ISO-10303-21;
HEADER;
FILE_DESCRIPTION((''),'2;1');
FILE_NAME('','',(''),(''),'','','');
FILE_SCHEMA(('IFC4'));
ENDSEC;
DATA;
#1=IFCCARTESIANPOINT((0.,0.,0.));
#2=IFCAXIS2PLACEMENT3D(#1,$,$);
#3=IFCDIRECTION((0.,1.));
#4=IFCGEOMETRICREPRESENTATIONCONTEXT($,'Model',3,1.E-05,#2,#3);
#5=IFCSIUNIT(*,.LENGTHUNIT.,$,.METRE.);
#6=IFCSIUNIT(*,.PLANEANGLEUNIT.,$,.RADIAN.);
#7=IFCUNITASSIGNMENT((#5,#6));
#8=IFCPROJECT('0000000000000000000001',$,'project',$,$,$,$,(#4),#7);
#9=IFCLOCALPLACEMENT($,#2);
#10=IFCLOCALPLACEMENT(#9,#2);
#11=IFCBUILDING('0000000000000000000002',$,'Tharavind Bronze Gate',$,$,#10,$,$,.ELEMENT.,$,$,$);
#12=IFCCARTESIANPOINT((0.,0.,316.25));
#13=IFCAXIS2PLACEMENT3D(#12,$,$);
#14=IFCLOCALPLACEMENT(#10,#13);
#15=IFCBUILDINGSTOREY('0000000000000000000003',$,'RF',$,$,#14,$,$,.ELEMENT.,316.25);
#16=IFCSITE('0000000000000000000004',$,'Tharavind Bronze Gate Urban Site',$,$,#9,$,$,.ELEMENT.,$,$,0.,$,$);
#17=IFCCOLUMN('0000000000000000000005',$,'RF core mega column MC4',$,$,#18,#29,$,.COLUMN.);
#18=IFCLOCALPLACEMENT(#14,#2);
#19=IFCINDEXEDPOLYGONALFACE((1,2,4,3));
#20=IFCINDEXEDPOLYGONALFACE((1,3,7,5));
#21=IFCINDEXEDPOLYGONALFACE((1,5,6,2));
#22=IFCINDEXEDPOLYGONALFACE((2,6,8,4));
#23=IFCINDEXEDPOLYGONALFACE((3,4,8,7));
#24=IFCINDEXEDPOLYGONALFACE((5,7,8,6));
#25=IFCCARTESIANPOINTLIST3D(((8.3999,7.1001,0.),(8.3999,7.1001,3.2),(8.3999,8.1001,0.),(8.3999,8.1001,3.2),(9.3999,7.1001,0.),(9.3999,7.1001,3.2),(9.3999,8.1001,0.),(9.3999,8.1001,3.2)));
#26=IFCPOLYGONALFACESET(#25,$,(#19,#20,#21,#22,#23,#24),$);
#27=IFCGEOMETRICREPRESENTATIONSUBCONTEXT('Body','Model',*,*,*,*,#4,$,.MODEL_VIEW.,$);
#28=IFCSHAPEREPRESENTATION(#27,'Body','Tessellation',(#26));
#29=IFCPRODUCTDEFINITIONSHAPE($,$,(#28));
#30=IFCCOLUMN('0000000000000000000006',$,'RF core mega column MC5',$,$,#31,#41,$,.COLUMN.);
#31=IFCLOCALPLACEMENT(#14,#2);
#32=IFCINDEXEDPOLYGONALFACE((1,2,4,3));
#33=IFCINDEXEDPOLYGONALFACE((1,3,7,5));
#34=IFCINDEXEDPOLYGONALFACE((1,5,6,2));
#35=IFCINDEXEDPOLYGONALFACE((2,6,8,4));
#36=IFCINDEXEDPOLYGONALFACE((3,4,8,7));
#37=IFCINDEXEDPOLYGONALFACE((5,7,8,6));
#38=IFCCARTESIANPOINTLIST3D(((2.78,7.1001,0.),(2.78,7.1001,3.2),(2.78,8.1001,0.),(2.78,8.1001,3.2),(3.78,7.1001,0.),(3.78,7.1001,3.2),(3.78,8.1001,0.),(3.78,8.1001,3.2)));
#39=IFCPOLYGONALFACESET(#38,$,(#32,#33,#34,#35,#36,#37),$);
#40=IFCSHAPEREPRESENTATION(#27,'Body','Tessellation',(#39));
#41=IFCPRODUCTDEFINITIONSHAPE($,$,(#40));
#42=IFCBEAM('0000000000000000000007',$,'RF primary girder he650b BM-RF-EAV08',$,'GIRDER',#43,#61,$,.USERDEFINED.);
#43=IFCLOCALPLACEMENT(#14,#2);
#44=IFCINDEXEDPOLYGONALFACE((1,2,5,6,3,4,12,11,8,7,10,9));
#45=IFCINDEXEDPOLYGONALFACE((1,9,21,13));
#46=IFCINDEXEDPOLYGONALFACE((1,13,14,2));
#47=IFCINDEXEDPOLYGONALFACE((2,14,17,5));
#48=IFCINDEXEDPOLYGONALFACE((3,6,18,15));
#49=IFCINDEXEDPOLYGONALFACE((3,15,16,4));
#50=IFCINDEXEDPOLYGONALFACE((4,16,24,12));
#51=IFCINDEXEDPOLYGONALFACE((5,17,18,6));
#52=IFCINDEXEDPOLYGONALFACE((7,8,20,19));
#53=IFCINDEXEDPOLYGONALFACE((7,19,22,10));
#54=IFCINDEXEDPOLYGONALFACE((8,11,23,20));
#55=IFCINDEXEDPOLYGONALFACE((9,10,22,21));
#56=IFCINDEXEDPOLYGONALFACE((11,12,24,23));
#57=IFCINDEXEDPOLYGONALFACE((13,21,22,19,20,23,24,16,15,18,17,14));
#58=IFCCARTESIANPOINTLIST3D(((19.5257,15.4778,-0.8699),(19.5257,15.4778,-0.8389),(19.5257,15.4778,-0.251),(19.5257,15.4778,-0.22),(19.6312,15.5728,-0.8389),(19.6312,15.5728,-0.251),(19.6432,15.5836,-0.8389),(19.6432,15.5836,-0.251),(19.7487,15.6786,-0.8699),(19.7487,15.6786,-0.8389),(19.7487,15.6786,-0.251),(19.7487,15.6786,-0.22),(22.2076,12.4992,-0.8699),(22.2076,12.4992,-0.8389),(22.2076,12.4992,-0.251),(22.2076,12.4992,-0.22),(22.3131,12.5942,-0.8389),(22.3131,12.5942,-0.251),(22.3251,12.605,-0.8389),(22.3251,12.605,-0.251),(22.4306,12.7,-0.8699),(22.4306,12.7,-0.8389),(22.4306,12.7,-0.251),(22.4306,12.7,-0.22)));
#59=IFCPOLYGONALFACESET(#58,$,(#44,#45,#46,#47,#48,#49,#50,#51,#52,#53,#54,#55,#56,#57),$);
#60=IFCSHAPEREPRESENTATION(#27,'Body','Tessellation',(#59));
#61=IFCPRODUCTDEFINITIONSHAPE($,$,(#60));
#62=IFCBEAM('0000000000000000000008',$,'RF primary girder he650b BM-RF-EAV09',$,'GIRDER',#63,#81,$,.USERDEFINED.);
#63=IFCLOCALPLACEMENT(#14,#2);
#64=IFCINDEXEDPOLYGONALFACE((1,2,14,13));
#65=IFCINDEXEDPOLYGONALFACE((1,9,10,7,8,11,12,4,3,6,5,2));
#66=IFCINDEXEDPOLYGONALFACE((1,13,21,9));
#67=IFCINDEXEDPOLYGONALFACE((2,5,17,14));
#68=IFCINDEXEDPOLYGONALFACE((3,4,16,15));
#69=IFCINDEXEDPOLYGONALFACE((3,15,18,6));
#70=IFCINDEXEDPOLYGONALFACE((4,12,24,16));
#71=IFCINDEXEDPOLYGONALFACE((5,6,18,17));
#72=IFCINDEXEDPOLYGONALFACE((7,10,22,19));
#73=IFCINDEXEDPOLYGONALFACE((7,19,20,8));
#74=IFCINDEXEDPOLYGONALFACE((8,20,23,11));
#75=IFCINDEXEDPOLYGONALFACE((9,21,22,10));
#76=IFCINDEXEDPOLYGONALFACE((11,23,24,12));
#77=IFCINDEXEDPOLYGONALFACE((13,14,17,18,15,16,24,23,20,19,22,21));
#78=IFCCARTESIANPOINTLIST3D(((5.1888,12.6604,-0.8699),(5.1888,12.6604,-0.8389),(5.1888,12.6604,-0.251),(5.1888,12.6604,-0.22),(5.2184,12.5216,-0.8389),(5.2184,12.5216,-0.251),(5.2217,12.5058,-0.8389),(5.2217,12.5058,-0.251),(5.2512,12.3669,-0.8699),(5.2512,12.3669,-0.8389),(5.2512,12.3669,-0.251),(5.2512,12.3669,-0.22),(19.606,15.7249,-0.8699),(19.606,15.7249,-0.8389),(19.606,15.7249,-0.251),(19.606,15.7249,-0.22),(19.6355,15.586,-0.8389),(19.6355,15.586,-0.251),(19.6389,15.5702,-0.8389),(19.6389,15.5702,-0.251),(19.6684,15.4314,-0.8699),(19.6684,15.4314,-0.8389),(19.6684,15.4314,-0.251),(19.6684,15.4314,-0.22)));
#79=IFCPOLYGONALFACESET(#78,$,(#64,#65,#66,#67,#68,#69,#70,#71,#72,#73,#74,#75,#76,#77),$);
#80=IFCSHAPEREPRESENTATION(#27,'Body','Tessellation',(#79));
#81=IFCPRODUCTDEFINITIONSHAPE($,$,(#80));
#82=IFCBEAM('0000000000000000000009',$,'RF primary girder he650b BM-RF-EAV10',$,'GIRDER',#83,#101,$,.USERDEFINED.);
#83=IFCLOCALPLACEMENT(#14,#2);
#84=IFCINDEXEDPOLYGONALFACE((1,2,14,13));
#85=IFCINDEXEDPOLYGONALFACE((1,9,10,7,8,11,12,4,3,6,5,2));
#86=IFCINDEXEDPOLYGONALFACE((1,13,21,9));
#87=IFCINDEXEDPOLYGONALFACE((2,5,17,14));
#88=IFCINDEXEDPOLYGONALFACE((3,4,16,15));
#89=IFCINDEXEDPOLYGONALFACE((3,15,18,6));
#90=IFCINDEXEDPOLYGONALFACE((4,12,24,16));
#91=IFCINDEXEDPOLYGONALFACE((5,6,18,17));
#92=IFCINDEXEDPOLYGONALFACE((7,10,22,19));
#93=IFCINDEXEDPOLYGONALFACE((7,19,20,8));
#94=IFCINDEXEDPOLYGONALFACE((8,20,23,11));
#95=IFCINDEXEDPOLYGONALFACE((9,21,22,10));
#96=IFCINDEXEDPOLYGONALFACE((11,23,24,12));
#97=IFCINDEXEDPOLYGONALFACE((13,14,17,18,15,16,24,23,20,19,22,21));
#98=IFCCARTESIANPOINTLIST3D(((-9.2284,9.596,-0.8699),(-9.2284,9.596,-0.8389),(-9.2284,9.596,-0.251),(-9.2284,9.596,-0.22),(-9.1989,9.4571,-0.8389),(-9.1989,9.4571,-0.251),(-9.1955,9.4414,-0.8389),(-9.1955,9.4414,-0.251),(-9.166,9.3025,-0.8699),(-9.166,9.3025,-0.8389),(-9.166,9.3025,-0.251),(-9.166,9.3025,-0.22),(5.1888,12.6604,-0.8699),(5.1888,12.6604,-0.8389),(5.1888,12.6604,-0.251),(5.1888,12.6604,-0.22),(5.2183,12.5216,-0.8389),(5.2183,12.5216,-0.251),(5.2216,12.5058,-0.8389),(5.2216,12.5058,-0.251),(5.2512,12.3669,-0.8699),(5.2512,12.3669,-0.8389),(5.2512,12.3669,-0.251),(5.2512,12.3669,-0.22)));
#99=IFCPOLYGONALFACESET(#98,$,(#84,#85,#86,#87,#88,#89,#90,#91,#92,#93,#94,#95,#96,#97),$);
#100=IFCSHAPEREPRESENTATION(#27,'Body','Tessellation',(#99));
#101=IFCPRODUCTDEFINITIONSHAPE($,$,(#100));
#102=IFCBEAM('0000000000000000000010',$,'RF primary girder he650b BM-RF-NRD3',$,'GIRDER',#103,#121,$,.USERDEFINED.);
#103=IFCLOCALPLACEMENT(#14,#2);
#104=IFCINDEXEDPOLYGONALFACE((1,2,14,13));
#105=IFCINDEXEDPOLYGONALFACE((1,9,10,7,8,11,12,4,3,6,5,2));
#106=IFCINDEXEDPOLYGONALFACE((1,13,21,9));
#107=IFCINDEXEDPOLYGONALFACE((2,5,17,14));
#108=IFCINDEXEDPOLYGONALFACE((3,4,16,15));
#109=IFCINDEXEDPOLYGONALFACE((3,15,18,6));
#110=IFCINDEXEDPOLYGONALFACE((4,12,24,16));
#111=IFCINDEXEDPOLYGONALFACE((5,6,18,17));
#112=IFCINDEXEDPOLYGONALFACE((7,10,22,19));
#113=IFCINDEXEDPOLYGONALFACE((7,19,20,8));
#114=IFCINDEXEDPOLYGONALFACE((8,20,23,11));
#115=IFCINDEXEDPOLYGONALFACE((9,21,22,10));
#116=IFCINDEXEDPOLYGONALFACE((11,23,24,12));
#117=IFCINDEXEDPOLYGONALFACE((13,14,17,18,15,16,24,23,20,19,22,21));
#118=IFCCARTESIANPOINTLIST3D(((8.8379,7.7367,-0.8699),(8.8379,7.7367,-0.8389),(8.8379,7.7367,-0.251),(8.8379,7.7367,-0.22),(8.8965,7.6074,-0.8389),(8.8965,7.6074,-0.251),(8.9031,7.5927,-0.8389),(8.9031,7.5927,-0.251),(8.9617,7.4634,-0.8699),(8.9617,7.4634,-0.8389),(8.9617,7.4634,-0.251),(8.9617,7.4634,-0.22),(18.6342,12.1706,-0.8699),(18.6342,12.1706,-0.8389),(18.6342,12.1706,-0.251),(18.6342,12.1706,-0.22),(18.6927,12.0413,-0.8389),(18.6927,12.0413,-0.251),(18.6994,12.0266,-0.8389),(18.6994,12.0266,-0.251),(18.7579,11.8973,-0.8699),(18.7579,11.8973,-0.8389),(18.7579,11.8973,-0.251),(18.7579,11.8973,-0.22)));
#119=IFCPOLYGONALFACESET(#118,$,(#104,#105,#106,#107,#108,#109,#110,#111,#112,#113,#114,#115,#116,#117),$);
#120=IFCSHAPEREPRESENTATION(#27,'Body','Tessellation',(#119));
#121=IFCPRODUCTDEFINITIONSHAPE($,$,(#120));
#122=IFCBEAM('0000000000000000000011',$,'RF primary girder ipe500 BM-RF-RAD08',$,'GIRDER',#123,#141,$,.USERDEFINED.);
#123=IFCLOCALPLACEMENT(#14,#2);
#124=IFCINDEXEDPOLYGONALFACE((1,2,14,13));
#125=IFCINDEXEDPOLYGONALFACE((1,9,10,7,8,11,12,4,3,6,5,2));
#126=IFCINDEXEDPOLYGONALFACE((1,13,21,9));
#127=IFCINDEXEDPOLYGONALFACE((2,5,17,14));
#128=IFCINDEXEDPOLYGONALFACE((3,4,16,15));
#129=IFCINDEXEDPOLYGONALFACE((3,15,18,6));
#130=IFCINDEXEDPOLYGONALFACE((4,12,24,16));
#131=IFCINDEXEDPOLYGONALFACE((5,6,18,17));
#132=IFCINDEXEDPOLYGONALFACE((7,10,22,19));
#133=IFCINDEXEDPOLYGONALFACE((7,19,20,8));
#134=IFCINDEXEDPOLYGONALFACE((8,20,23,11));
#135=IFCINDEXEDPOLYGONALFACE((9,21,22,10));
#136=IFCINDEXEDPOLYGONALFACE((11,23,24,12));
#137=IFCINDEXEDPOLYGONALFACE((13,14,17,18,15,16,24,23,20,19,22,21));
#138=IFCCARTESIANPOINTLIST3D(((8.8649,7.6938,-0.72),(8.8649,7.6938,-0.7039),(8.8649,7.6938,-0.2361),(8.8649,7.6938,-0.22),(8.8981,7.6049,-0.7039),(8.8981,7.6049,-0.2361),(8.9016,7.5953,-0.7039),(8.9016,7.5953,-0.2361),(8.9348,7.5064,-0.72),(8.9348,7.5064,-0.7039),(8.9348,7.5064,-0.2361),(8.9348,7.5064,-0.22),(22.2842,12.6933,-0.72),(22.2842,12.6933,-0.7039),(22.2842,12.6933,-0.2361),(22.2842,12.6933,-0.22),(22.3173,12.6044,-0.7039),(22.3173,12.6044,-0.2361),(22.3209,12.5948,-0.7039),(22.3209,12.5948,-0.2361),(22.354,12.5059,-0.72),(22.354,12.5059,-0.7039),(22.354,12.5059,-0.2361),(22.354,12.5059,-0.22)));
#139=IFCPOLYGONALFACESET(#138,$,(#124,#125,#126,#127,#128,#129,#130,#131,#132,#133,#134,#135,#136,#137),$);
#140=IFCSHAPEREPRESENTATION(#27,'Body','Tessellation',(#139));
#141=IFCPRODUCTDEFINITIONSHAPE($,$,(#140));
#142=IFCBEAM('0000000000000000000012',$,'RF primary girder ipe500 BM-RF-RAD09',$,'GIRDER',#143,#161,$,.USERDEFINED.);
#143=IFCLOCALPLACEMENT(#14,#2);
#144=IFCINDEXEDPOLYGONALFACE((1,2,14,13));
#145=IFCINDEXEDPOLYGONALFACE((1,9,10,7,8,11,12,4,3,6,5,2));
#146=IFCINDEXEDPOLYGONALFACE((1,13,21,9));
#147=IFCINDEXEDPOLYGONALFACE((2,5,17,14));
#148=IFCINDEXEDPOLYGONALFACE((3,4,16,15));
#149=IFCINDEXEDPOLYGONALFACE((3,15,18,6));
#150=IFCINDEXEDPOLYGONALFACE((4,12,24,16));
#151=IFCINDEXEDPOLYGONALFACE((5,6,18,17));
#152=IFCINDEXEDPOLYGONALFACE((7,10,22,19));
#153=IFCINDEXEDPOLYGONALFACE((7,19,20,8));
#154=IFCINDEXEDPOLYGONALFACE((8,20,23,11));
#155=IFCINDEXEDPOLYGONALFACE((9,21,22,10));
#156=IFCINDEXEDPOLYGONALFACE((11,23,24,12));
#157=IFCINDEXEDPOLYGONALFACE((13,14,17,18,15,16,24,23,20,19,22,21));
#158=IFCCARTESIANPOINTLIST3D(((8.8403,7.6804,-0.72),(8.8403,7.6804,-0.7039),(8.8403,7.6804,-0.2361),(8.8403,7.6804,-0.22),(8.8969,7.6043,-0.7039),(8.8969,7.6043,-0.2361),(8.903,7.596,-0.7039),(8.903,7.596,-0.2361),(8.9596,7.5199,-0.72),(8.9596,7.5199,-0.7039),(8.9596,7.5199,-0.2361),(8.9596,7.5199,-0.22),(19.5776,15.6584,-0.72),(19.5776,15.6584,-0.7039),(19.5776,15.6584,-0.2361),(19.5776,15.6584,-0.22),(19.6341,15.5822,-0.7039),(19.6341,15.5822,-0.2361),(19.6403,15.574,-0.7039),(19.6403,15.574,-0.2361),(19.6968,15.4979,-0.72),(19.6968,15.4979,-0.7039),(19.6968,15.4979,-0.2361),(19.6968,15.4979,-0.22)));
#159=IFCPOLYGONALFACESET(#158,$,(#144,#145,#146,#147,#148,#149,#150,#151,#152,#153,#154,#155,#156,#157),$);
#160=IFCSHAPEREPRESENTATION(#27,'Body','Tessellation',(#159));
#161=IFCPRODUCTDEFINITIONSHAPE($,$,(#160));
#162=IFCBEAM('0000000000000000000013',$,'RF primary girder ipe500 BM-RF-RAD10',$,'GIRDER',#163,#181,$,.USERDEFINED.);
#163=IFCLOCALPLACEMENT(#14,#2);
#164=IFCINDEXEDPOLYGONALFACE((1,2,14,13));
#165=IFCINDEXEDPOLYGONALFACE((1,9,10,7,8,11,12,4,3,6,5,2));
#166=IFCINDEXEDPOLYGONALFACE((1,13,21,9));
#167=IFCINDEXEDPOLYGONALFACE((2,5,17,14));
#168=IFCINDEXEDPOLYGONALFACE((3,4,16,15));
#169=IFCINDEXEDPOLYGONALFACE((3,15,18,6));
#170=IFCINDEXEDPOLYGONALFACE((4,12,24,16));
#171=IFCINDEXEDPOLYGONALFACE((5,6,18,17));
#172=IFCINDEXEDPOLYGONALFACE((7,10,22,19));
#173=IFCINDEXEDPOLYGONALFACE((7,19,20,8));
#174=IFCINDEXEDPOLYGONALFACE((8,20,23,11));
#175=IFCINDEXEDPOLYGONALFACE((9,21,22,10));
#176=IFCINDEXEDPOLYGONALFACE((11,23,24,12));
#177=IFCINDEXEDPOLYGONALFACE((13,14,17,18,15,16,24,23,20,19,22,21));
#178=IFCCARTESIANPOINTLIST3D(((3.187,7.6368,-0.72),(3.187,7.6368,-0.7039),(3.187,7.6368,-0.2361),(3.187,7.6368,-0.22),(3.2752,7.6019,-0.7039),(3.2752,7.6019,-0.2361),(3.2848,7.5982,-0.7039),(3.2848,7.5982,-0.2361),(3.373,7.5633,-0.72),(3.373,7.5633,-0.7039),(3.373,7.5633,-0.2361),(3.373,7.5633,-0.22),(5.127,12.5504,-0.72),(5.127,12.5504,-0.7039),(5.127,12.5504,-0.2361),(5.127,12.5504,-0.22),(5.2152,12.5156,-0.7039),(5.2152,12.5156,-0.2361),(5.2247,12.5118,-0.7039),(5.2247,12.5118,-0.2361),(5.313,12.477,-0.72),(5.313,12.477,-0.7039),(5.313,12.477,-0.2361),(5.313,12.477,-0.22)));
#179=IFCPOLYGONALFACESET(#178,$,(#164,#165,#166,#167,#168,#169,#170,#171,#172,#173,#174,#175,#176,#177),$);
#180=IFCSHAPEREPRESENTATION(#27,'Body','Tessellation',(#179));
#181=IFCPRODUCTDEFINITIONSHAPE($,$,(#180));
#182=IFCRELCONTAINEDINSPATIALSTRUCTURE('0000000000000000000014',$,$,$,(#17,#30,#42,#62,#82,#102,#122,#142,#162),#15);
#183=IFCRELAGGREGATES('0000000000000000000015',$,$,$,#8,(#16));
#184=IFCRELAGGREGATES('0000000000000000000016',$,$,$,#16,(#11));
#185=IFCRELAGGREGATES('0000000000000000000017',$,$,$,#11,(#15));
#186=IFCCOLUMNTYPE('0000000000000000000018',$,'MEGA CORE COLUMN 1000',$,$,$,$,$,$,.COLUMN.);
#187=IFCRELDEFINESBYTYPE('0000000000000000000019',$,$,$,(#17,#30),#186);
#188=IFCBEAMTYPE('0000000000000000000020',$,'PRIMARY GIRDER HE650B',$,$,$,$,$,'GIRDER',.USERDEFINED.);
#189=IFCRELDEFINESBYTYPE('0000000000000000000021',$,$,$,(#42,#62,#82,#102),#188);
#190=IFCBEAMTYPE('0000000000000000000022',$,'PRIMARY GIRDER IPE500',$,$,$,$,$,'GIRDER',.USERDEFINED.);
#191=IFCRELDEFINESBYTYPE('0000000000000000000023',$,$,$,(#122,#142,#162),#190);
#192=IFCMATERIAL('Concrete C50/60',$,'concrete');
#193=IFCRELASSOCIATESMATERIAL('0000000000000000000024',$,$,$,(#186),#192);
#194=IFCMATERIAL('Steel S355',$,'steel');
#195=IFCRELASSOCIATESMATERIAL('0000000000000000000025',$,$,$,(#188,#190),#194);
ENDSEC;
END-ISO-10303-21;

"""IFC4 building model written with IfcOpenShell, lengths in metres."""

from ifc_helpers import new_model, si_unit, direction, frame, origin, origin_2d, place, context, subcontext, project, spatial, rectangle, i_section, extrude, material, material_profile, profile_set, type_object, element, save


model = new_model("IFC4")

# Units and contexts
model_context = context("Model", 3, precision=1e-05, world=origin(), true_north=direction((0.0, 1.0)))
body_context = subcontext(model_context, "Body", "Model", "MODEL_VIEW")
ifc_project = project(units=[si_unit("LENGTHUNIT", "METRE"), si_unit("PLANEANGLEUNIT", "RADIAN")], contexts=[model_context])

# Site, building, storey
site_placement = place(None, origin())
site = spatial("IfcSite", under=ifc_project, at=site_placement, Name="Tharavind Bronze Gate Urban Site", CompositionType="ELEMENT", RefElevation=0.0)
building_placement = place(site_placement, origin())
building = spatial("IfcBuilding", under=site, at=building_placement, Name="Tharavind Bronze Gate", CompositionType="ELEMENT")
storey_placement = place(building_placement, frame((0.0, 0.0, 316.25)))
storey = spatial("IfcBuildingStorey", under=building, at=storey_placement, Name="RF", CompositionType="ELEMENT", Elevation=316.25)

# Columns
ifc_material_1 = material(Name="Concrete C50/60", Category="concrete")
ifc_material_profile_1 = material_profile(ifc_material_1, rectangle(XDim=1.0, YDim=1.0, at=origin_2d()), Name="RCCOL1000")
ifc_profile_set_1 = profile_set([ifc_material_profile_1], Name="Concrete C50/60")
column_type = type_object("IfcColumnType", Name="MEGA CORE COLUMN 1000", PredefinedType="COLUMN", material=ifc_profile_set_1)
for number, where, z_axis, x_axis, name in (
    (1, (8.8999, 7.6001, 0.0), (0.0, 0.0, 1.0), (1.0, 0.0, 0.0), "RF core mega column MC4"),
    (2, (3.28, 7.6001, 0.0), (0.0, 0.0, 1.0), (1.0, 0.0, 0.0), "RF core mega column MC5"),
):
    element("IfcColumn", number, at=place(storey_placement, frame(where, z_axis=z_axis, x_axis=x_axis)), inside=storey, type_object=column_type, Name=name, PredefinedType="COLUMN", context=body_context, shape_type="SweptSolid", body=[
        extrude(rectangle(XDim=1.0, YDim=1.0, at=origin_2d()), origin(), (0.0, 0.0, 1.0), 3.2),
    ])

# Beams
ifc_material_2 = material(Name="Steel S355", Category="steel")
ifc_material_profile_2 = material_profile(ifc_material_2, i_section(OverallWidth=0.3, OverallDepth=0.6499, WebThickness=0.0161, FlangeThickness=0.031, at=origin_2d()), Name="HE650B")
ifc_profile_set_2 = profile_set([ifc_material_profile_2], Name="Steel S355")
beam_type_1 = type_object("IfcBeamType", Name="PRIMARY GIRDER HE650B", ElementType="GIRDER", PredefinedType="USERDEFINED", material=ifc_profile_set_2)
beam_1_placement = place(storey_placement, frame((22.3191, 12.5996, -0.5449), z_axis=(-0.669133, 0.743143, 0.0), x_axis=(-0.743143, -0.669133, 0.0)))
element("IfcBeam", 3, at=beam_1_placement, inside=storey, type_object=beam_type_1, Name="RF primary girder he650b BM-RF-EAV08", ObjectType="GIRDER", PredefinedType="USERDEFINED", context=body_context, shape_type="SweptSolid", body=[
    extrude(i_section(OverallWidth=0.3, OverallDepth=0.6499, WebThickness=0.0161, FlangeThickness=0.031, at=origin_2d()), origin(), (0.0, 0.0, 1.0), 4.0081),
])
for number, where, z_axis, x_axis, name in (
    (4, (19.6372, 15.5781, -0.5449), (-0.978148, -0.20791, 0.0), (0.20791, -0.978148, 0.0), "RF primary girder he650b BM-RF-EAV09"),
    (5, (5.22, 12.5137, -0.5449), (-0.978148, -0.20791, 0.0), (0.20791, -0.978148, 0.0), "RF primary girder he650b BM-RF-EAV10"),
):
    element("IfcBeam", number, at=place(storey_placement, frame(where, z_axis=z_axis, x_axis=x_axis)), inside=storey, type_object=beam_type_1, Name=name, ObjectType="GIRDER", PredefinedType="USERDEFINED", context=body_context, shape_type="SweptSolid", body=[
        extrude(i_section(OverallWidth=0.3, OverallDepth=0.6499, WebThickness=0.0161, FlangeThickness=0.031, at=origin_2d()), origin(), (0.0, 0.0, 1.0), 14.7393),
    ])
beam_2_placement = place(storey_placement, frame((18.696, 12.0339, -0.5449), z_axis=(-0.911029, -0.412342, 0.0), x_axis=(0.412342, -0.911029, 0.0)))
element("IfcBeam", 6, at=beam_2_placement, inside=storey, type_object=beam_type_1, Name="RF primary girder he650b BM-RF-NRD3", ObjectType="GIRDER", PredefinedType="USERDEFINED", context=body_context, shape_type="SweptSolid", body=[
    extrude(i_section(OverallWidth=0.3, OverallDepth=0.6499, WebThickness=0.0161, FlangeThickness=0.031, at=origin_2d()), origin(), (0.0, 0.0, 1.0), 10.7529),
])
ifc_material_profile_3 = material_profile(ifc_material_2, i_section(OverallWidth=0.2, OverallDepth=0.5, WebThickness=0.0103, FlangeThickness=0.0161, at=origin_2d()), Name="IPE500")
ifc_profile_set_3 = profile_set([ifc_material_profile_3], Name="Steel S355")
beam_type_2 = type_object("IfcBeamType", Name="PRIMARY GIRDER IPE500", ElementType="GIRDER", PredefinedType="USERDEFINED", material=ifc_profile_set_3)
beam_3_placement = place(storey_placement, frame((22.3191, 12.5996, -0.47), z_axis=(-0.937077, -0.349122, 0.0), x_axis=(0.349122, -0.937077, 0.0)))
element("IfcBeam", 7, at=beam_3_placement, inside=storey, type_object=beam_type_2, Name="RF primary girder ipe500 BM-RF-RAD08", ObjectType="GIRDER", PredefinedType="USERDEFINED", context=body_context, shape_type="SweptSolid", body=[
    extrude(i_section(OverallWidth=0.2, OverallDepth=0.5, WebThickness=0.0103, FlangeThickness=0.0161, at=origin_2d()), origin(), (0.0, 0.0, 1.0), 14.3203),
])
beam_4_placement = place(storey_placement, frame((19.6372, 15.5781, -0.47), z_axis=(-0.802681, -0.596408, 0.0), x_axis=(0.596408, -0.802681, 0.0)))
element("IfcBeam", 8, at=beam_4_placement, inside=storey, type_object=beam_type_2, Name="RF primary girder ipe500 BM-RF-RAD09", ObjectType="GIRDER", PredefinedType="USERDEFINED", context=body_context, shape_type="SweptSolid", body=[
    extrude(i_section(OverallWidth=0.2, OverallDepth=0.5, WebThickness=0.0103, FlangeThickness=0.0161, at=origin_2d()), origin(), (0.0, 0.0, 1.0), 13.3767),
])
beam_5_placement = place(storey_placement, frame((5.22, 12.5137, -0.47), z_axis=(-0.367228, -0.930131, 0.0), x_axis=(0.930131, -0.367228, 0.0)))
element("IfcBeam", 9, at=beam_5_placement, inside=storey, type_object=beam_type_2, Name="RF primary girder ipe500 BM-RF-RAD10", ObjectType="GIRDER", PredefinedType="USERDEFINED", context=body_context, shape_type="SweptSolid", body=[
    extrude(i_section(OverallWidth=0.2, OverallDepth=0.5, WebThickness=0.0103, FlangeThickness=0.0161, at=origin_2d()), origin(), (0.0, 0.0, 1.0), 5.2827),
])

save(model, "model.ifc")
